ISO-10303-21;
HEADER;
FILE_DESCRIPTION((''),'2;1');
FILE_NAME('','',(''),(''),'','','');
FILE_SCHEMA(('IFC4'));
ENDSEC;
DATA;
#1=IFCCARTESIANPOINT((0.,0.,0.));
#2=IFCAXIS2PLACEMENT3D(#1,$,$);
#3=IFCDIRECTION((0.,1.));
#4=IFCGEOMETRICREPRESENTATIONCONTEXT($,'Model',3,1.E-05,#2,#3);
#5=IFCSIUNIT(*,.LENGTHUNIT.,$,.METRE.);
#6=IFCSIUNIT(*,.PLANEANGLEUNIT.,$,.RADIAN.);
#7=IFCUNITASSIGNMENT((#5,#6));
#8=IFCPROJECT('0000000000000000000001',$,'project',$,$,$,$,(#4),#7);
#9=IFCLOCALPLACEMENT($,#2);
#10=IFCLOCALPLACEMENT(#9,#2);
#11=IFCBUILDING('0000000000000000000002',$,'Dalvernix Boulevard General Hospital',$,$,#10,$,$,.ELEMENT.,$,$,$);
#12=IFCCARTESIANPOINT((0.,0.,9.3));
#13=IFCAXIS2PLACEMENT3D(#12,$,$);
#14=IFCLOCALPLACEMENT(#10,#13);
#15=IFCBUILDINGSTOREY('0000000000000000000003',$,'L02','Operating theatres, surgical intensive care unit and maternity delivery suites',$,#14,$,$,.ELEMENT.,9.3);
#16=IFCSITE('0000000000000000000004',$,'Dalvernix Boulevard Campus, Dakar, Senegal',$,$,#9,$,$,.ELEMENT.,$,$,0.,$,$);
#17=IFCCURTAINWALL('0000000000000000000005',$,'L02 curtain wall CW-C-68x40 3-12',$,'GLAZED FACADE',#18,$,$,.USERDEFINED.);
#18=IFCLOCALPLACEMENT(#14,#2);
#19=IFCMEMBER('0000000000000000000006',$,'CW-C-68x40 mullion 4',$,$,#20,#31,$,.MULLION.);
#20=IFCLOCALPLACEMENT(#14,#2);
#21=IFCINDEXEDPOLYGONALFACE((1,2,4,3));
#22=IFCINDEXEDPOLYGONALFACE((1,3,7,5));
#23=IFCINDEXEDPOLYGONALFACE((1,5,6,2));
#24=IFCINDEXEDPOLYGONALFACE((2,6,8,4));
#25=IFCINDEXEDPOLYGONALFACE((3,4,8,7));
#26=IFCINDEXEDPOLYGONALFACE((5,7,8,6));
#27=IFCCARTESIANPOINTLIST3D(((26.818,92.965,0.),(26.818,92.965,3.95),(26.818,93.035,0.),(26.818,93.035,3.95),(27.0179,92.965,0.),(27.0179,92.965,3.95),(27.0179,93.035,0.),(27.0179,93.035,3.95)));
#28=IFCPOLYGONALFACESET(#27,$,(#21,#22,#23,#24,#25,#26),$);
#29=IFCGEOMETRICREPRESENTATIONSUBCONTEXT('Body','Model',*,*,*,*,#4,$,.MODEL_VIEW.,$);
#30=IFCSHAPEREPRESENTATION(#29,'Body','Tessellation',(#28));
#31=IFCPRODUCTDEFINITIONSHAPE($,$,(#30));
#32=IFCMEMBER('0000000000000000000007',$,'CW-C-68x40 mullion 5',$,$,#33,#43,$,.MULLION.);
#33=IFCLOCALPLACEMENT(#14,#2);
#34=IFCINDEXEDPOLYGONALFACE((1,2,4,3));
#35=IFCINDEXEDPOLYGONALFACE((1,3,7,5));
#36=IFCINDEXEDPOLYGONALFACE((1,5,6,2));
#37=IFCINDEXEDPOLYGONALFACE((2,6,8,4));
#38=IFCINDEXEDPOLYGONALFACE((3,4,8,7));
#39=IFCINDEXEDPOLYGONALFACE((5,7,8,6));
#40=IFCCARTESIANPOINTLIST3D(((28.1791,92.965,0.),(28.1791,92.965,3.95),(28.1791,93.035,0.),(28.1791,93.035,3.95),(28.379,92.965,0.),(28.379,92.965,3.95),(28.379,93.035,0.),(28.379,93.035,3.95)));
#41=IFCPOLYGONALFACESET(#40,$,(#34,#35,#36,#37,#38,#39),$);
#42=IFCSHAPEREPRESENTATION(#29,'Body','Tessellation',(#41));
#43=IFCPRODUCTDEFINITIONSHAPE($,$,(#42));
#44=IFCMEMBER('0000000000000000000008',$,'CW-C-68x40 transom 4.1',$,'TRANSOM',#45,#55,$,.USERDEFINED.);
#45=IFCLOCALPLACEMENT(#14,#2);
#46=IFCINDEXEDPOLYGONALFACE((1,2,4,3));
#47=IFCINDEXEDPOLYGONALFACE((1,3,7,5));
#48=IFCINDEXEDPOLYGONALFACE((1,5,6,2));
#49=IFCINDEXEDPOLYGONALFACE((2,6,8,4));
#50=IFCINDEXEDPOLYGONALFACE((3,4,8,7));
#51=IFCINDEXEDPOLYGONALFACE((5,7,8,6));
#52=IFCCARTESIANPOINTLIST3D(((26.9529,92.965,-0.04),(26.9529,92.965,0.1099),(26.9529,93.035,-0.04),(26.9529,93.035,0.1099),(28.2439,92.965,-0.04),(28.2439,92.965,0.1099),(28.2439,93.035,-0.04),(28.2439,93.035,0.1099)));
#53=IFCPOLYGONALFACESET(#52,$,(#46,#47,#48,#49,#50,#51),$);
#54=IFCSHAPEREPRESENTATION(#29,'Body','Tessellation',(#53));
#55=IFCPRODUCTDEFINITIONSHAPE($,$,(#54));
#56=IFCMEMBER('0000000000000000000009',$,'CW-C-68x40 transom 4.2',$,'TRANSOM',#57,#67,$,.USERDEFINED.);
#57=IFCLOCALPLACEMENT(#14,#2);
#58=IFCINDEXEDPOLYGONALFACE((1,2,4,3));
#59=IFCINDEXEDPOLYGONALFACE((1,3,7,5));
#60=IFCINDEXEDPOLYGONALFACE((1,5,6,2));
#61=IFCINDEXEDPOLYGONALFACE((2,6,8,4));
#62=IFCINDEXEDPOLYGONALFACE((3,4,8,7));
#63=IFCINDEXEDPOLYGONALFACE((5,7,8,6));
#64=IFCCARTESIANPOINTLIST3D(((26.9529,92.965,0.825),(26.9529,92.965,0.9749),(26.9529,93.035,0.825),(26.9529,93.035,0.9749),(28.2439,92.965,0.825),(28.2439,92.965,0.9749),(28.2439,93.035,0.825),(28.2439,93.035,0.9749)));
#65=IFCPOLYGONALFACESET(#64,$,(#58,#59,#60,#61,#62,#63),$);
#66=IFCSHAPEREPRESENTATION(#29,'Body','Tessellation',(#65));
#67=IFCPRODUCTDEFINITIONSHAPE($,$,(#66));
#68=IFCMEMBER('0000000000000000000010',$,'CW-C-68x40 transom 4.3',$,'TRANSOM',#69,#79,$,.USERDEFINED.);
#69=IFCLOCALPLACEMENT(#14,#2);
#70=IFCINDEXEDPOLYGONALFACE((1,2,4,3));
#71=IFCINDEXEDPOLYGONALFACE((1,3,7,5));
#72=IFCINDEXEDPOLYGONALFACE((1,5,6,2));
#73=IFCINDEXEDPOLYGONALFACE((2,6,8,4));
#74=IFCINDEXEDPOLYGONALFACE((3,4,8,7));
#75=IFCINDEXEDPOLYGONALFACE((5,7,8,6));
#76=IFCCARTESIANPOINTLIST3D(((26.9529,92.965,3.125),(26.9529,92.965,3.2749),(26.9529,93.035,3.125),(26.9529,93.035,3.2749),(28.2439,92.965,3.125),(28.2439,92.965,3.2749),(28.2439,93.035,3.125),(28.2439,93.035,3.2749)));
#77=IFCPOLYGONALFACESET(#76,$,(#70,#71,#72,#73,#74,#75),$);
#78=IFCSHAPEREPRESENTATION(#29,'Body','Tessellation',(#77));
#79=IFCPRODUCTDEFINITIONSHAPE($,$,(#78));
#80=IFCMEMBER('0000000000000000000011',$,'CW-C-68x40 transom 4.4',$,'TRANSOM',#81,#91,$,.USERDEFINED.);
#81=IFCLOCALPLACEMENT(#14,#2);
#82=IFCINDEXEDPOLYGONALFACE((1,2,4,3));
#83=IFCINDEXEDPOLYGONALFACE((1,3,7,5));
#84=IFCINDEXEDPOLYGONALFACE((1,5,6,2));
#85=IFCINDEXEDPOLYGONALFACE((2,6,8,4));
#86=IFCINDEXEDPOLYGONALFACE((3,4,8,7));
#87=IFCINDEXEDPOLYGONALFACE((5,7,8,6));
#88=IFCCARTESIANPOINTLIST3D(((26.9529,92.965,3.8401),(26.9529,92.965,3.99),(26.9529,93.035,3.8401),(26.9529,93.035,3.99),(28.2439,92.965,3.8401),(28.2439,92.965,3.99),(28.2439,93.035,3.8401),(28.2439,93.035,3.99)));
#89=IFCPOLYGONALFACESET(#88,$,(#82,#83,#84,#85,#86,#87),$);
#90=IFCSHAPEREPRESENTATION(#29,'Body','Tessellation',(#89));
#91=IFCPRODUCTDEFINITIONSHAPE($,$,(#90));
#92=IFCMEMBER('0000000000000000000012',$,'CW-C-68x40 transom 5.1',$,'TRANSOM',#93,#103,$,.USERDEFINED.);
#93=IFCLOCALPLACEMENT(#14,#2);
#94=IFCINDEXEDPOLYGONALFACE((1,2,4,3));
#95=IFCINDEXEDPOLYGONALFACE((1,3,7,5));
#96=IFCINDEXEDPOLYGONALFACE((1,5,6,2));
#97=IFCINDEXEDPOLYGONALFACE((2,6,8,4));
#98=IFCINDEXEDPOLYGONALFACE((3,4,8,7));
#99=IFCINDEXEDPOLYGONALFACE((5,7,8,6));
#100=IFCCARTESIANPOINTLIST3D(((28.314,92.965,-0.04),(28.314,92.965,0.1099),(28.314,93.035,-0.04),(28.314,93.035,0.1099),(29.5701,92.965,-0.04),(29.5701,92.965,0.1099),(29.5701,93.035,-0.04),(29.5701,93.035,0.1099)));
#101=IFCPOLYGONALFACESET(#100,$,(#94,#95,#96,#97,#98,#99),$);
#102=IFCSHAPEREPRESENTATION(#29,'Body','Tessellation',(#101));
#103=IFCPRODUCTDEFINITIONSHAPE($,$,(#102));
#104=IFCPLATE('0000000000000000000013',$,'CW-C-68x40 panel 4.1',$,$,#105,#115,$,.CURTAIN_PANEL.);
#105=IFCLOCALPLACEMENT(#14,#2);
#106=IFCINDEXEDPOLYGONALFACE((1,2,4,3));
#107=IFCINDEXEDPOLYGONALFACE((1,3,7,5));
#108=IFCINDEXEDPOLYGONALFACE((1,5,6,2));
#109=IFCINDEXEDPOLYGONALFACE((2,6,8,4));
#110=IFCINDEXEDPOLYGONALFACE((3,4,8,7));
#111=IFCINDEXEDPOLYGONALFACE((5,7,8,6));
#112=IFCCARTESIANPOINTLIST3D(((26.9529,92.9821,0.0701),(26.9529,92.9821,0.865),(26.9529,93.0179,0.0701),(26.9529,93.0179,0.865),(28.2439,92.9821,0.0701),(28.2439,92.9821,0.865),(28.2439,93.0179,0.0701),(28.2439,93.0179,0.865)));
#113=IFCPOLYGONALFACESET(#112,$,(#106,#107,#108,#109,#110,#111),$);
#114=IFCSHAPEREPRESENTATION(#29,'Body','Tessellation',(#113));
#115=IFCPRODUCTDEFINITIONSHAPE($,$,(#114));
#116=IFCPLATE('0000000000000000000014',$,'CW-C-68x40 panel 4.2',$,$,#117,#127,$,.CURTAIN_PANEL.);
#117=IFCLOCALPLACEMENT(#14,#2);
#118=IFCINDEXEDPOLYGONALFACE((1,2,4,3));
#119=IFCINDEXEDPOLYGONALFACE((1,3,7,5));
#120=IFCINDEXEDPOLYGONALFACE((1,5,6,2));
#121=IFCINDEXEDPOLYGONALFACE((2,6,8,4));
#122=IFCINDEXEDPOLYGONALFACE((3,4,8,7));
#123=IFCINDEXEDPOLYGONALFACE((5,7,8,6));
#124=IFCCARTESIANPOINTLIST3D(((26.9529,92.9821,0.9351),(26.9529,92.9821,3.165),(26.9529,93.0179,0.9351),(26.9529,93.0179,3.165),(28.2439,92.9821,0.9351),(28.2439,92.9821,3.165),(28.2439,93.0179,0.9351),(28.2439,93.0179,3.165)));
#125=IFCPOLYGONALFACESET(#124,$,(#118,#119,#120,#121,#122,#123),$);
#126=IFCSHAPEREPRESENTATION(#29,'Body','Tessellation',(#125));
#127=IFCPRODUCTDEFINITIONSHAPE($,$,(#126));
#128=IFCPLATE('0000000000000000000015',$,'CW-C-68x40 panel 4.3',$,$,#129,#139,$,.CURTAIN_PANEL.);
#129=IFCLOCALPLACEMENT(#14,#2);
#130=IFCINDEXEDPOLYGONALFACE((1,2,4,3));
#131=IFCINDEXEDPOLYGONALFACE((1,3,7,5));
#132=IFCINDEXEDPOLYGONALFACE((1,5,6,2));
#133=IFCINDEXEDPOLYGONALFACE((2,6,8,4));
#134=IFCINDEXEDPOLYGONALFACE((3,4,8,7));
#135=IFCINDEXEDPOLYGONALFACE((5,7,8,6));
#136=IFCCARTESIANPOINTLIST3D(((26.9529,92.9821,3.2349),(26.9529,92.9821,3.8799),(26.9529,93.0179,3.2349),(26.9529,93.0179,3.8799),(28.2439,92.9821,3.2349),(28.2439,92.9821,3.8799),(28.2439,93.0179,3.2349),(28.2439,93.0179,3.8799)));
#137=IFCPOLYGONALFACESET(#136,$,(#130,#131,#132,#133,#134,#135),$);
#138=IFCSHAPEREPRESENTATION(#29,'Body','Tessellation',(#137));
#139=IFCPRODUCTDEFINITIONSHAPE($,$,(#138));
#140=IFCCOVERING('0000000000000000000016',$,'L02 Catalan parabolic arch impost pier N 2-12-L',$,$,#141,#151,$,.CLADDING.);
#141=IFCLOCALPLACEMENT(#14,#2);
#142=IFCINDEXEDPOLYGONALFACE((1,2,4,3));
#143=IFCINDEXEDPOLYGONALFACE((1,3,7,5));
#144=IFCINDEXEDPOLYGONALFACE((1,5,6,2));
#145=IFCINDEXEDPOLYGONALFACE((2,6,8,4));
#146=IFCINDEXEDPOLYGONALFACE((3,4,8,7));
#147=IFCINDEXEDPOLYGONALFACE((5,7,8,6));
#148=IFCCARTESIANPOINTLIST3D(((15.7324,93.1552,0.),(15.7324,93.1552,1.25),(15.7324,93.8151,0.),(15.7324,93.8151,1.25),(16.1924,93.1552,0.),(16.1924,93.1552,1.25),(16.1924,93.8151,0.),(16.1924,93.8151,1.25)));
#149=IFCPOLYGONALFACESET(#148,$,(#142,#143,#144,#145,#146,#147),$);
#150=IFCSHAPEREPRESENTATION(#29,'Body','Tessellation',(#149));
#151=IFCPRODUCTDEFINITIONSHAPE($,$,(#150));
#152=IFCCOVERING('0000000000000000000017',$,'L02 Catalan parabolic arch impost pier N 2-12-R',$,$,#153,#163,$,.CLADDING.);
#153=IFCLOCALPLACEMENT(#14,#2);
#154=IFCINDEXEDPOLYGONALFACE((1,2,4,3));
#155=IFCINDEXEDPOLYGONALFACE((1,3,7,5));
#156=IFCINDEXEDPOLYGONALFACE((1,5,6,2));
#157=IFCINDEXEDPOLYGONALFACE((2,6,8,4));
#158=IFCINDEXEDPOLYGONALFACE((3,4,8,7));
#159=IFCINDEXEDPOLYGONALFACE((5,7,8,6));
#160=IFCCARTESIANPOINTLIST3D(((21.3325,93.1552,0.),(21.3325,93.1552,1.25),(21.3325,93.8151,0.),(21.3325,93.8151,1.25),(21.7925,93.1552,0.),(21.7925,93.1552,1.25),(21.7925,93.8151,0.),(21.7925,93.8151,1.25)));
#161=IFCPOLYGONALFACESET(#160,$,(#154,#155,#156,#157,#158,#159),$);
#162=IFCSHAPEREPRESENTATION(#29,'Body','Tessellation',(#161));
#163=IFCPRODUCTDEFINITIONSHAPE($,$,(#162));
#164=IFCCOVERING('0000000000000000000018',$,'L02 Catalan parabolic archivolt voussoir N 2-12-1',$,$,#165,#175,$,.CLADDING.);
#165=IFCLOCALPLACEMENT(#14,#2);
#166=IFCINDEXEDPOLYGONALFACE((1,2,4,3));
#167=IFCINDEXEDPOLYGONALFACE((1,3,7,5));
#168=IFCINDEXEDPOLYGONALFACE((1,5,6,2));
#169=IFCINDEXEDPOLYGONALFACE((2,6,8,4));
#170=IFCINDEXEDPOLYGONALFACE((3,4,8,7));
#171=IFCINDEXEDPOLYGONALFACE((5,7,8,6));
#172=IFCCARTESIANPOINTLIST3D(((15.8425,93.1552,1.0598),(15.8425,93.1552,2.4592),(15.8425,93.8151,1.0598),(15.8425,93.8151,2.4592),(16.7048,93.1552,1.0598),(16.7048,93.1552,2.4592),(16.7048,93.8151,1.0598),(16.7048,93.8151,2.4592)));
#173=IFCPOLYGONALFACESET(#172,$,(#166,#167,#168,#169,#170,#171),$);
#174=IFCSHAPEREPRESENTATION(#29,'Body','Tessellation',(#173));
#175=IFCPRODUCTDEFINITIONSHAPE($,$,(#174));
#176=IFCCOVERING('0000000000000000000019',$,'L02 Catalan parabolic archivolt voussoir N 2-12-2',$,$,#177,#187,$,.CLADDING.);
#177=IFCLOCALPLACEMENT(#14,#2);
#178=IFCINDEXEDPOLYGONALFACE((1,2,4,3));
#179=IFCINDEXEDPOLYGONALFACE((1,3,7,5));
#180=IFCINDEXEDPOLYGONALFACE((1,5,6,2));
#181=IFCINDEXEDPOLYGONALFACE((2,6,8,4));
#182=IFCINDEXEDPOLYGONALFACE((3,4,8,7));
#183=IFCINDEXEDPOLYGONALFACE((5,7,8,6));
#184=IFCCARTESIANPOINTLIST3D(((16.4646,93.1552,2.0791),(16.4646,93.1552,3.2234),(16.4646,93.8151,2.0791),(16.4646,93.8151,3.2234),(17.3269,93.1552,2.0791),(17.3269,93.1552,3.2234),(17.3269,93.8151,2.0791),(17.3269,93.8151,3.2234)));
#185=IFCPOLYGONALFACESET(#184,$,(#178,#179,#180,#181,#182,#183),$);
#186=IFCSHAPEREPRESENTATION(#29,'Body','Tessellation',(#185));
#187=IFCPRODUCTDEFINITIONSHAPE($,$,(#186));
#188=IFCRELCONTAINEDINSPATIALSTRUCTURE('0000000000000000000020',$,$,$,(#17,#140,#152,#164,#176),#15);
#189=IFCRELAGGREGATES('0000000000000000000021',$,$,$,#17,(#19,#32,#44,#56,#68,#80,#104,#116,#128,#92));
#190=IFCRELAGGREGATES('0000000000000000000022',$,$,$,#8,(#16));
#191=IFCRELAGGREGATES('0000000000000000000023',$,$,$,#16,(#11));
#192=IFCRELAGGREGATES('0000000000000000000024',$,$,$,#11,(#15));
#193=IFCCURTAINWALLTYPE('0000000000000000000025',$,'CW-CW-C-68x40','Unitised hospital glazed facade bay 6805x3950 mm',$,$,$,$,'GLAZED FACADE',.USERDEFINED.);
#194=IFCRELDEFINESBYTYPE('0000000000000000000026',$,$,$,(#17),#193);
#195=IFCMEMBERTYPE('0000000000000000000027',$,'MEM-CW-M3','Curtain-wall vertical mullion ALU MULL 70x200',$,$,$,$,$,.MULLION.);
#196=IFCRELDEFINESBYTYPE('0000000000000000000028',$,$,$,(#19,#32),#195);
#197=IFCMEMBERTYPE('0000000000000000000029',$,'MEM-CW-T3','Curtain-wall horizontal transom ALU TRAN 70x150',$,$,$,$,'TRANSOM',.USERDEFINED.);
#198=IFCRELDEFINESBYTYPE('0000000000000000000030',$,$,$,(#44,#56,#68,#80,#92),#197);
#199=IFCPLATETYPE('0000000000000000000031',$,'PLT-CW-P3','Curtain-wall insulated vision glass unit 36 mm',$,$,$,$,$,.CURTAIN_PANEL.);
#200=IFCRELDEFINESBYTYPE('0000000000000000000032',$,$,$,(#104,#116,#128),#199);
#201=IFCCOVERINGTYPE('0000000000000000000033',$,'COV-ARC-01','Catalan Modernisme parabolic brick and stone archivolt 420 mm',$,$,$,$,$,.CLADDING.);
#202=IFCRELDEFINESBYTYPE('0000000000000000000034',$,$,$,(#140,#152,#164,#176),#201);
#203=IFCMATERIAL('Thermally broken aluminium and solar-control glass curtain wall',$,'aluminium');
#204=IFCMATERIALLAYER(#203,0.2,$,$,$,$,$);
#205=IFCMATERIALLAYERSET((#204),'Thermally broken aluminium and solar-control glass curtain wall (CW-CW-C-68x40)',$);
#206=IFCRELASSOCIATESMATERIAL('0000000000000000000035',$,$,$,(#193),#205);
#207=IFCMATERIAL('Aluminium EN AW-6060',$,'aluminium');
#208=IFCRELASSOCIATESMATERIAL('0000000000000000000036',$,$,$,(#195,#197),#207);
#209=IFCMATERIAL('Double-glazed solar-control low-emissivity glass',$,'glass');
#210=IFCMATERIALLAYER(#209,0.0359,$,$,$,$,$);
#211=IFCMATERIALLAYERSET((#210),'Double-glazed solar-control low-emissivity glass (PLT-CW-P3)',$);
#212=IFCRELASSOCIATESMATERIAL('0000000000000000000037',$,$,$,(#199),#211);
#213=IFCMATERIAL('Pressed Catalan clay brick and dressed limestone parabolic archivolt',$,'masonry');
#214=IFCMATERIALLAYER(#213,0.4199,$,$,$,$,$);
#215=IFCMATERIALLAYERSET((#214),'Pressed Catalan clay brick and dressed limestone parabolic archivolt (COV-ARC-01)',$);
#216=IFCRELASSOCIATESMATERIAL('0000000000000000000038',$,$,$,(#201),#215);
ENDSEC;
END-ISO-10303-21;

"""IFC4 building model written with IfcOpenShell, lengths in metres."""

from ifc_helpers import new_model, si_unit, direction, frame, origin, origin_2d, place, context, subcontext, project, spatial, rectangle, extrude, material, layer, layer_set, material_profile, profile_set, type_object, element, aggregate, save


model = new_model("IFC4")

# Units and contexts
model_context = context("Model", 3, precision=1e-05, world=origin(), true_north=direction((0.0, 1.0)))
body_context = subcontext(model_context, "Body", "Model", "MODEL_VIEW")
ifc_project = project(units=[si_unit("LENGTHUNIT", "METRE"), si_unit("PLANEANGLEUNIT", "RADIAN")], contexts=[model_context])

# Site, building, storey
site_placement = place(None, origin())
site = spatial("IfcSite", under=ifc_project, at=site_placement, Name="Dalvernix Boulevard Campus, Dakar, Senegal", CompositionType="ELEMENT", RefElevation=0.0)
building_placement = place(site_placement, origin())
building = spatial("IfcBuilding", under=site, at=building_placement, Name="Dalvernix Boulevard General Hospital", CompositionType="ELEMENT")
storey_placement = place(building_placement, frame((0.0, 0.0, 9.3)))
storey = spatial("IfcBuildingStorey", under=building, at=storey_placement, Name="L02", Description="Operating theatres, surgical intensive care unit and maternity delivery suites", CompositionType="ELEMENT", Elevation=9.3)

# Curtain wall, members, plates
ifc_material_1 = material(Name="Thermally broken aluminium and solar-control glass curtain wall", Category="aluminium")
ifc_layer_1 = layer(ifc_material_1, 0.2)
ifc_layer_set_1 = layer_set([ifc_layer_1], Name="Thermally broken aluminium and solar-control glass curtain wall (CW-CW-C-68x40)")
curtain_wall_type = type_object("IfcCurtainWallType", Name="CW-CW-C-68x40", Description="Unitised hospital glazed facade bay 6805x3950 mm", ElementType="GLAZED FACADE", PredefinedType="USERDEFINED", material=ifc_layer_set_1)
curtain_wall_placement = place(storey_placement, origin())
curtain_wall = element("IfcCurtainWall", 1, at=curtain_wall_placement, inside=storey, type_object=curtain_wall_type, Name="L02 curtain wall CW-C-68x40 3-12", ObjectType="GLAZED FACADE", PredefinedType="USERDEFINED")
ifc_material_2 = material(Name="Aluminium EN AW-6060", Category="aluminium")
ifc_material_profile_1 = material_profile(ifc_material_2, rectangle(XDim=0.0701, YDim=0.2, at=origin_2d()), Name="ALU MULL 70x200")
ifc_profile_set_1 = profile_set([ifc_material_profile_1], Name="Aluminium EN AW-6060")
member_type_1 = type_object("IfcMemberType", Name="MEM-CW-M3", Description="Curtain-wall vertical mullion ALU MULL 70x200", PredefinedType="MULLION", material=ifc_profile_set_1)
member_1_placement = place(storey_placement, frame((26.918, 93.0, 0.0), z_axis=(0.0, 0.0, 1.0), x_axis=(0.0, 1.0, 0.0)))
member_1 = element("IfcMember", 2, at=member_1_placement, type_object=member_type_1, Name="CW-C-68x40 mullion 4", PredefinedType="MULLION", context=body_context, shape_type="SweptSolid", body=[
    extrude(rectangle(XDim=0.0701, YDim=0.2, at=origin_2d()), origin(), (0.0, 0.0, 1.0), 3.95),
])
member_2_placement = place(storey_placement, frame((28.2791, 93.0, 0.0), z_axis=(0.0, 0.0, 1.0), x_axis=(0.0, 1.0, 0.0)))
member_2 = element("IfcMember", 3, at=member_2_placement, type_object=member_type_1, Name="CW-C-68x40 mullion 5", PredefinedType="MULLION", context=body_context, shape_type="SweptSolid", body=[
    extrude(rectangle(XDim=0.0701, YDim=0.2, at=origin_2d()), origin(), (0.0, 0.0, 1.0), 3.95),
])
ifc_material_profile_2 = material_profile(ifc_material_2, rectangle(XDim=0.0701, YDim=0.1499, at=origin_2d()), Name="ALU TRAN 70x150")
ifc_profile_set_2 = profile_set([ifc_material_profile_2], Name="Aluminium EN AW-6060")
member_type_2 = type_object("IfcMemberType", Name="MEM-CW-T3", Description="Curtain-wall horizontal transom ALU TRAN 70x150", ElementType="TRANSOM", PredefinedType="USERDEFINED", material=ifc_profile_set_2)
member_3_placement = place(storey_placement, frame((26.9529, 93.0, 0.0349), z_axis=(1.0, 0.0, 0.0), x_axis=(0.0, 1.0, 0.0)))
member_3 = element("IfcMember", 4, at=member_3_placement, type_object=member_type_2, Name="CW-C-68x40 transom 4.1", ObjectType="TRANSOM", PredefinedType="USERDEFINED", context=body_context, shape_type="SweptSolid", body=[
    extrude(rectangle(XDim=0.0701, YDim=0.1499, at=origin_2d()), origin(), (0.0, 0.0, 1.0), 1.291),
])
member_4_placement = place(storey_placement, frame((26.9529, 93.0, 0.8999), z_axis=(1.0, 0.0, 0.0), x_axis=(0.0, 1.0, 0.0)))
member_4 = element("IfcMember", 5, at=member_4_placement, type_object=member_type_2, Name="CW-C-68x40 transom 4.2", ObjectType="TRANSOM", PredefinedType="USERDEFINED", context=body_context, shape_type="SweptSolid", body=[
    extrude(rectangle(XDim=0.0701, YDim=0.1499, at=origin_2d()), origin(), (0.0, 0.0, 1.0), 1.291),
])
member_5_placement = place(storey_placement, frame((26.9529, 93.0, 3.2), z_axis=(1.0, 0.0, 0.0), x_axis=(0.0, 1.0, 0.0)))
member_5 = element("IfcMember", 6, at=member_5_placement, type_object=member_type_2, Name="CW-C-68x40 transom 4.3", ObjectType="TRANSOM", PredefinedType="USERDEFINED", context=body_context, shape_type="SweptSolid", body=[
    extrude(rectangle(XDim=0.0701, YDim=0.1499, at=origin_2d()), origin(), (0.0, 0.0, 1.0), 1.291),
])
member_6_placement = place(storey_placement, frame((26.9529, 93.0, 3.915), z_axis=(1.0, 0.0, 0.0), x_axis=(0.0, 1.0, 0.0)))
member_6 = element("IfcMember", 7, at=member_6_placement, type_object=member_type_2, Name="CW-C-68x40 transom 4.4", ObjectType="TRANSOM", PredefinedType="USERDEFINED", context=body_context, shape_type="SweptSolid", body=[
    extrude(rectangle(XDim=0.0701, YDim=0.1499, at=origin_2d()), origin(), (0.0, 0.0, 1.0), 1.291),
])
member_7_placement = place(storey_placement, frame((28.314, 93.0, 0.0349), z_axis=(1.0, 0.0, 0.0), x_axis=(0.0, 1.0, 0.0)))
member_7 = element("IfcMember", 8, at=member_7_placement, type_object=member_type_2, Name="CW-C-68x40 transom 5.1", ObjectType="TRANSOM", PredefinedType="USERDEFINED", context=body_context, shape_type="SweptSolid", body=[
    extrude(rectangle(XDim=0.0701, YDim=0.1499, at=origin_2d()), origin(), (0.0, 0.0, 1.0), 1.2561),
])
ifc_material_3 = material(Name="Double-glazed solar-control low-emissivity glass", Category="glass")
ifc_layer_2 = layer(ifc_material_3, 0.0359)
ifc_layer_set_2 = layer_set([ifc_layer_2], Name="Double-glazed solar-control low-emissivity glass (PLT-CW-P3)")
plate_type = type_object("IfcPlateType", Name="PLT-CW-P3", Description="Curtain-wall insulated vision glass unit 36 mm", PredefinedType="CURTAIN_PANEL", material=ifc_layer_set_2)
plate_1_placement = place(storey_placement, frame((27.5984, 93.0, 0.0701), z_axis=(0.0, 0.0, 1.0), x_axis=(1.0, 0.0, 0.0)))
plate_1 = element("IfcPlate", 9, at=plate_1_placement, type_object=plate_type, Name="CW-C-68x40 panel 4.1", PredefinedType="CURTAIN_PANEL", context=body_context, shape_type="SweptSolid", body=[
    extrude(rectangle(XDim=1.291, YDim=0.0359, at=origin_2d()), origin(), (0.0, 0.0, 1.0), 0.7949),
])
plate_2_placement = place(storey_placement, frame((27.5984, 93.0, 0.9351), z_axis=(0.0, 0.0, 1.0), x_axis=(1.0, 0.0, 0.0)))
plate_2 = element("IfcPlate", 10, at=plate_2_placement, type_object=plate_type, Name="CW-C-68x40 panel 4.2", PredefinedType="CURTAIN_PANEL", context=body_context, shape_type="SweptSolid", body=[
    extrude(rectangle(XDim=1.291, YDim=0.0359, at=origin_2d()), origin(), (0.0, 0.0, 1.0), 2.23),
])
plate_3_placement = place(storey_placement, frame((27.5984, 93.0, 3.2349), z_axis=(0.0, 0.0, 1.0), x_axis=(1.0, 0.0, 0.0)))
plate_3 = element("IfcPlate", 11, at=plate_3_placement, type_object=plate_type, Name="CW-C-68x40 panel 4.3", PredefinedType="CURTAIN_PANEL", context=body_context, shape_type="SweptSolid", body=[
    extrude(rectangle(XDim=1.291, YDim=0.0359, at=origin_2d()), origin(), (0.0, 0.0, 1.0), 0.645),
])
aggregate(curtain_wall, [member_1, member_2, member_3, member_4, member_5, member_6, plate_1, plate_2, plate_3, member_7])

# Coverings
ifc_material_4 = material(Name="Pressed Catalan clay brick and dressed limestone parabolic archivolt", Category="masonry")
ifc_layer_3 = layer(ifc_material_4, 0.4199)
ifc_layer_set_3 = layer_set([ifc_layer_3], Name="Pressed Catalan clay brick and dressed limestone parabolic archivolt (COV-ARC-01)")
covering_type_1 = type_object("IfcCoveringType", Name="COV-ARC-01", Description="Catalan Modernisme parabolic brick and stone archivolt 420 mm", PredefinedType="CLADDING", material=ifc_layer_set_3)
for number, where, z_axis, x_axis, name in (
    (12, (15.9624, 93.4851, 0.0), (0.0, 0.0, 1.0), (1.0, 0.0, 0.0), "L02 Catalan parabolic arch impost pier N 2-12-L"),
    (13, (21.5625, 93.4851, 0.0), (0.0, 0.0, 1.0), (1.0, 0.0, 0.0), "L02 Catalan parabolic arch impost pier N 2-12-R"),
):
    element("IfcCovering", number, at=place(storey_placement, frame(where, z_axis=z_axis, x_axis=x_axis)), inside=storey, type_object=covering_type_1, Name=name, PredefinedType="CLADDING", context=body_context, shape_type="SweptSolid", body=[
        extrude(rectangle(XDim=0.46, YDim=0.6599, at=origin_2d()), origin(), (0.0, 0.0, 1.0), 1.25),
    ])
covering_1_placement = place(storey_placement, frame((16.2737, 93.4851, 1.0598), z_axis=(0.0, 0.0, 1.0), x_axis=(1.0, 0.0, 0.0)))
element("IfcCovering", 14, at=covering_1_placement, inside=storey, type_object=covering_type_1, Name="L02 Catalan parabolic archivolt voussoir N 2-12-1", PredefinedType="CLADDING", context=body_context, shape_type="SweptSolid", body=[
    extrude(rectangle(XDim=0.8623, YDim=0.6599, at=origin_2d()), origin(), (0.0, 0.0, 1.0), 1.3994),
])
covering_2_placement = place(storey_placement, frame((16.8958, 93.4851, 2.0791), z_axis=(0.0, 0.0, 1.0), x_axis=(1.0, 0.0, 0.0)))
element("IfcCovering", 15, at=covering_2_placement, inside=storey, type_object=covering_type_1, Name="L02 Catalan parabolic archivolt voussoir N 2-12-2", PredefinedType="CLADDING", context=body_context, shape_type="SweptSolid", body=[
    extrude(rectangle(XDim=0.8623, YDim=0.6599, at=origin_2d()), origin(), (0.0, 0.0, 1.0), 1.1443),
])

save(model, "model.ifc")
